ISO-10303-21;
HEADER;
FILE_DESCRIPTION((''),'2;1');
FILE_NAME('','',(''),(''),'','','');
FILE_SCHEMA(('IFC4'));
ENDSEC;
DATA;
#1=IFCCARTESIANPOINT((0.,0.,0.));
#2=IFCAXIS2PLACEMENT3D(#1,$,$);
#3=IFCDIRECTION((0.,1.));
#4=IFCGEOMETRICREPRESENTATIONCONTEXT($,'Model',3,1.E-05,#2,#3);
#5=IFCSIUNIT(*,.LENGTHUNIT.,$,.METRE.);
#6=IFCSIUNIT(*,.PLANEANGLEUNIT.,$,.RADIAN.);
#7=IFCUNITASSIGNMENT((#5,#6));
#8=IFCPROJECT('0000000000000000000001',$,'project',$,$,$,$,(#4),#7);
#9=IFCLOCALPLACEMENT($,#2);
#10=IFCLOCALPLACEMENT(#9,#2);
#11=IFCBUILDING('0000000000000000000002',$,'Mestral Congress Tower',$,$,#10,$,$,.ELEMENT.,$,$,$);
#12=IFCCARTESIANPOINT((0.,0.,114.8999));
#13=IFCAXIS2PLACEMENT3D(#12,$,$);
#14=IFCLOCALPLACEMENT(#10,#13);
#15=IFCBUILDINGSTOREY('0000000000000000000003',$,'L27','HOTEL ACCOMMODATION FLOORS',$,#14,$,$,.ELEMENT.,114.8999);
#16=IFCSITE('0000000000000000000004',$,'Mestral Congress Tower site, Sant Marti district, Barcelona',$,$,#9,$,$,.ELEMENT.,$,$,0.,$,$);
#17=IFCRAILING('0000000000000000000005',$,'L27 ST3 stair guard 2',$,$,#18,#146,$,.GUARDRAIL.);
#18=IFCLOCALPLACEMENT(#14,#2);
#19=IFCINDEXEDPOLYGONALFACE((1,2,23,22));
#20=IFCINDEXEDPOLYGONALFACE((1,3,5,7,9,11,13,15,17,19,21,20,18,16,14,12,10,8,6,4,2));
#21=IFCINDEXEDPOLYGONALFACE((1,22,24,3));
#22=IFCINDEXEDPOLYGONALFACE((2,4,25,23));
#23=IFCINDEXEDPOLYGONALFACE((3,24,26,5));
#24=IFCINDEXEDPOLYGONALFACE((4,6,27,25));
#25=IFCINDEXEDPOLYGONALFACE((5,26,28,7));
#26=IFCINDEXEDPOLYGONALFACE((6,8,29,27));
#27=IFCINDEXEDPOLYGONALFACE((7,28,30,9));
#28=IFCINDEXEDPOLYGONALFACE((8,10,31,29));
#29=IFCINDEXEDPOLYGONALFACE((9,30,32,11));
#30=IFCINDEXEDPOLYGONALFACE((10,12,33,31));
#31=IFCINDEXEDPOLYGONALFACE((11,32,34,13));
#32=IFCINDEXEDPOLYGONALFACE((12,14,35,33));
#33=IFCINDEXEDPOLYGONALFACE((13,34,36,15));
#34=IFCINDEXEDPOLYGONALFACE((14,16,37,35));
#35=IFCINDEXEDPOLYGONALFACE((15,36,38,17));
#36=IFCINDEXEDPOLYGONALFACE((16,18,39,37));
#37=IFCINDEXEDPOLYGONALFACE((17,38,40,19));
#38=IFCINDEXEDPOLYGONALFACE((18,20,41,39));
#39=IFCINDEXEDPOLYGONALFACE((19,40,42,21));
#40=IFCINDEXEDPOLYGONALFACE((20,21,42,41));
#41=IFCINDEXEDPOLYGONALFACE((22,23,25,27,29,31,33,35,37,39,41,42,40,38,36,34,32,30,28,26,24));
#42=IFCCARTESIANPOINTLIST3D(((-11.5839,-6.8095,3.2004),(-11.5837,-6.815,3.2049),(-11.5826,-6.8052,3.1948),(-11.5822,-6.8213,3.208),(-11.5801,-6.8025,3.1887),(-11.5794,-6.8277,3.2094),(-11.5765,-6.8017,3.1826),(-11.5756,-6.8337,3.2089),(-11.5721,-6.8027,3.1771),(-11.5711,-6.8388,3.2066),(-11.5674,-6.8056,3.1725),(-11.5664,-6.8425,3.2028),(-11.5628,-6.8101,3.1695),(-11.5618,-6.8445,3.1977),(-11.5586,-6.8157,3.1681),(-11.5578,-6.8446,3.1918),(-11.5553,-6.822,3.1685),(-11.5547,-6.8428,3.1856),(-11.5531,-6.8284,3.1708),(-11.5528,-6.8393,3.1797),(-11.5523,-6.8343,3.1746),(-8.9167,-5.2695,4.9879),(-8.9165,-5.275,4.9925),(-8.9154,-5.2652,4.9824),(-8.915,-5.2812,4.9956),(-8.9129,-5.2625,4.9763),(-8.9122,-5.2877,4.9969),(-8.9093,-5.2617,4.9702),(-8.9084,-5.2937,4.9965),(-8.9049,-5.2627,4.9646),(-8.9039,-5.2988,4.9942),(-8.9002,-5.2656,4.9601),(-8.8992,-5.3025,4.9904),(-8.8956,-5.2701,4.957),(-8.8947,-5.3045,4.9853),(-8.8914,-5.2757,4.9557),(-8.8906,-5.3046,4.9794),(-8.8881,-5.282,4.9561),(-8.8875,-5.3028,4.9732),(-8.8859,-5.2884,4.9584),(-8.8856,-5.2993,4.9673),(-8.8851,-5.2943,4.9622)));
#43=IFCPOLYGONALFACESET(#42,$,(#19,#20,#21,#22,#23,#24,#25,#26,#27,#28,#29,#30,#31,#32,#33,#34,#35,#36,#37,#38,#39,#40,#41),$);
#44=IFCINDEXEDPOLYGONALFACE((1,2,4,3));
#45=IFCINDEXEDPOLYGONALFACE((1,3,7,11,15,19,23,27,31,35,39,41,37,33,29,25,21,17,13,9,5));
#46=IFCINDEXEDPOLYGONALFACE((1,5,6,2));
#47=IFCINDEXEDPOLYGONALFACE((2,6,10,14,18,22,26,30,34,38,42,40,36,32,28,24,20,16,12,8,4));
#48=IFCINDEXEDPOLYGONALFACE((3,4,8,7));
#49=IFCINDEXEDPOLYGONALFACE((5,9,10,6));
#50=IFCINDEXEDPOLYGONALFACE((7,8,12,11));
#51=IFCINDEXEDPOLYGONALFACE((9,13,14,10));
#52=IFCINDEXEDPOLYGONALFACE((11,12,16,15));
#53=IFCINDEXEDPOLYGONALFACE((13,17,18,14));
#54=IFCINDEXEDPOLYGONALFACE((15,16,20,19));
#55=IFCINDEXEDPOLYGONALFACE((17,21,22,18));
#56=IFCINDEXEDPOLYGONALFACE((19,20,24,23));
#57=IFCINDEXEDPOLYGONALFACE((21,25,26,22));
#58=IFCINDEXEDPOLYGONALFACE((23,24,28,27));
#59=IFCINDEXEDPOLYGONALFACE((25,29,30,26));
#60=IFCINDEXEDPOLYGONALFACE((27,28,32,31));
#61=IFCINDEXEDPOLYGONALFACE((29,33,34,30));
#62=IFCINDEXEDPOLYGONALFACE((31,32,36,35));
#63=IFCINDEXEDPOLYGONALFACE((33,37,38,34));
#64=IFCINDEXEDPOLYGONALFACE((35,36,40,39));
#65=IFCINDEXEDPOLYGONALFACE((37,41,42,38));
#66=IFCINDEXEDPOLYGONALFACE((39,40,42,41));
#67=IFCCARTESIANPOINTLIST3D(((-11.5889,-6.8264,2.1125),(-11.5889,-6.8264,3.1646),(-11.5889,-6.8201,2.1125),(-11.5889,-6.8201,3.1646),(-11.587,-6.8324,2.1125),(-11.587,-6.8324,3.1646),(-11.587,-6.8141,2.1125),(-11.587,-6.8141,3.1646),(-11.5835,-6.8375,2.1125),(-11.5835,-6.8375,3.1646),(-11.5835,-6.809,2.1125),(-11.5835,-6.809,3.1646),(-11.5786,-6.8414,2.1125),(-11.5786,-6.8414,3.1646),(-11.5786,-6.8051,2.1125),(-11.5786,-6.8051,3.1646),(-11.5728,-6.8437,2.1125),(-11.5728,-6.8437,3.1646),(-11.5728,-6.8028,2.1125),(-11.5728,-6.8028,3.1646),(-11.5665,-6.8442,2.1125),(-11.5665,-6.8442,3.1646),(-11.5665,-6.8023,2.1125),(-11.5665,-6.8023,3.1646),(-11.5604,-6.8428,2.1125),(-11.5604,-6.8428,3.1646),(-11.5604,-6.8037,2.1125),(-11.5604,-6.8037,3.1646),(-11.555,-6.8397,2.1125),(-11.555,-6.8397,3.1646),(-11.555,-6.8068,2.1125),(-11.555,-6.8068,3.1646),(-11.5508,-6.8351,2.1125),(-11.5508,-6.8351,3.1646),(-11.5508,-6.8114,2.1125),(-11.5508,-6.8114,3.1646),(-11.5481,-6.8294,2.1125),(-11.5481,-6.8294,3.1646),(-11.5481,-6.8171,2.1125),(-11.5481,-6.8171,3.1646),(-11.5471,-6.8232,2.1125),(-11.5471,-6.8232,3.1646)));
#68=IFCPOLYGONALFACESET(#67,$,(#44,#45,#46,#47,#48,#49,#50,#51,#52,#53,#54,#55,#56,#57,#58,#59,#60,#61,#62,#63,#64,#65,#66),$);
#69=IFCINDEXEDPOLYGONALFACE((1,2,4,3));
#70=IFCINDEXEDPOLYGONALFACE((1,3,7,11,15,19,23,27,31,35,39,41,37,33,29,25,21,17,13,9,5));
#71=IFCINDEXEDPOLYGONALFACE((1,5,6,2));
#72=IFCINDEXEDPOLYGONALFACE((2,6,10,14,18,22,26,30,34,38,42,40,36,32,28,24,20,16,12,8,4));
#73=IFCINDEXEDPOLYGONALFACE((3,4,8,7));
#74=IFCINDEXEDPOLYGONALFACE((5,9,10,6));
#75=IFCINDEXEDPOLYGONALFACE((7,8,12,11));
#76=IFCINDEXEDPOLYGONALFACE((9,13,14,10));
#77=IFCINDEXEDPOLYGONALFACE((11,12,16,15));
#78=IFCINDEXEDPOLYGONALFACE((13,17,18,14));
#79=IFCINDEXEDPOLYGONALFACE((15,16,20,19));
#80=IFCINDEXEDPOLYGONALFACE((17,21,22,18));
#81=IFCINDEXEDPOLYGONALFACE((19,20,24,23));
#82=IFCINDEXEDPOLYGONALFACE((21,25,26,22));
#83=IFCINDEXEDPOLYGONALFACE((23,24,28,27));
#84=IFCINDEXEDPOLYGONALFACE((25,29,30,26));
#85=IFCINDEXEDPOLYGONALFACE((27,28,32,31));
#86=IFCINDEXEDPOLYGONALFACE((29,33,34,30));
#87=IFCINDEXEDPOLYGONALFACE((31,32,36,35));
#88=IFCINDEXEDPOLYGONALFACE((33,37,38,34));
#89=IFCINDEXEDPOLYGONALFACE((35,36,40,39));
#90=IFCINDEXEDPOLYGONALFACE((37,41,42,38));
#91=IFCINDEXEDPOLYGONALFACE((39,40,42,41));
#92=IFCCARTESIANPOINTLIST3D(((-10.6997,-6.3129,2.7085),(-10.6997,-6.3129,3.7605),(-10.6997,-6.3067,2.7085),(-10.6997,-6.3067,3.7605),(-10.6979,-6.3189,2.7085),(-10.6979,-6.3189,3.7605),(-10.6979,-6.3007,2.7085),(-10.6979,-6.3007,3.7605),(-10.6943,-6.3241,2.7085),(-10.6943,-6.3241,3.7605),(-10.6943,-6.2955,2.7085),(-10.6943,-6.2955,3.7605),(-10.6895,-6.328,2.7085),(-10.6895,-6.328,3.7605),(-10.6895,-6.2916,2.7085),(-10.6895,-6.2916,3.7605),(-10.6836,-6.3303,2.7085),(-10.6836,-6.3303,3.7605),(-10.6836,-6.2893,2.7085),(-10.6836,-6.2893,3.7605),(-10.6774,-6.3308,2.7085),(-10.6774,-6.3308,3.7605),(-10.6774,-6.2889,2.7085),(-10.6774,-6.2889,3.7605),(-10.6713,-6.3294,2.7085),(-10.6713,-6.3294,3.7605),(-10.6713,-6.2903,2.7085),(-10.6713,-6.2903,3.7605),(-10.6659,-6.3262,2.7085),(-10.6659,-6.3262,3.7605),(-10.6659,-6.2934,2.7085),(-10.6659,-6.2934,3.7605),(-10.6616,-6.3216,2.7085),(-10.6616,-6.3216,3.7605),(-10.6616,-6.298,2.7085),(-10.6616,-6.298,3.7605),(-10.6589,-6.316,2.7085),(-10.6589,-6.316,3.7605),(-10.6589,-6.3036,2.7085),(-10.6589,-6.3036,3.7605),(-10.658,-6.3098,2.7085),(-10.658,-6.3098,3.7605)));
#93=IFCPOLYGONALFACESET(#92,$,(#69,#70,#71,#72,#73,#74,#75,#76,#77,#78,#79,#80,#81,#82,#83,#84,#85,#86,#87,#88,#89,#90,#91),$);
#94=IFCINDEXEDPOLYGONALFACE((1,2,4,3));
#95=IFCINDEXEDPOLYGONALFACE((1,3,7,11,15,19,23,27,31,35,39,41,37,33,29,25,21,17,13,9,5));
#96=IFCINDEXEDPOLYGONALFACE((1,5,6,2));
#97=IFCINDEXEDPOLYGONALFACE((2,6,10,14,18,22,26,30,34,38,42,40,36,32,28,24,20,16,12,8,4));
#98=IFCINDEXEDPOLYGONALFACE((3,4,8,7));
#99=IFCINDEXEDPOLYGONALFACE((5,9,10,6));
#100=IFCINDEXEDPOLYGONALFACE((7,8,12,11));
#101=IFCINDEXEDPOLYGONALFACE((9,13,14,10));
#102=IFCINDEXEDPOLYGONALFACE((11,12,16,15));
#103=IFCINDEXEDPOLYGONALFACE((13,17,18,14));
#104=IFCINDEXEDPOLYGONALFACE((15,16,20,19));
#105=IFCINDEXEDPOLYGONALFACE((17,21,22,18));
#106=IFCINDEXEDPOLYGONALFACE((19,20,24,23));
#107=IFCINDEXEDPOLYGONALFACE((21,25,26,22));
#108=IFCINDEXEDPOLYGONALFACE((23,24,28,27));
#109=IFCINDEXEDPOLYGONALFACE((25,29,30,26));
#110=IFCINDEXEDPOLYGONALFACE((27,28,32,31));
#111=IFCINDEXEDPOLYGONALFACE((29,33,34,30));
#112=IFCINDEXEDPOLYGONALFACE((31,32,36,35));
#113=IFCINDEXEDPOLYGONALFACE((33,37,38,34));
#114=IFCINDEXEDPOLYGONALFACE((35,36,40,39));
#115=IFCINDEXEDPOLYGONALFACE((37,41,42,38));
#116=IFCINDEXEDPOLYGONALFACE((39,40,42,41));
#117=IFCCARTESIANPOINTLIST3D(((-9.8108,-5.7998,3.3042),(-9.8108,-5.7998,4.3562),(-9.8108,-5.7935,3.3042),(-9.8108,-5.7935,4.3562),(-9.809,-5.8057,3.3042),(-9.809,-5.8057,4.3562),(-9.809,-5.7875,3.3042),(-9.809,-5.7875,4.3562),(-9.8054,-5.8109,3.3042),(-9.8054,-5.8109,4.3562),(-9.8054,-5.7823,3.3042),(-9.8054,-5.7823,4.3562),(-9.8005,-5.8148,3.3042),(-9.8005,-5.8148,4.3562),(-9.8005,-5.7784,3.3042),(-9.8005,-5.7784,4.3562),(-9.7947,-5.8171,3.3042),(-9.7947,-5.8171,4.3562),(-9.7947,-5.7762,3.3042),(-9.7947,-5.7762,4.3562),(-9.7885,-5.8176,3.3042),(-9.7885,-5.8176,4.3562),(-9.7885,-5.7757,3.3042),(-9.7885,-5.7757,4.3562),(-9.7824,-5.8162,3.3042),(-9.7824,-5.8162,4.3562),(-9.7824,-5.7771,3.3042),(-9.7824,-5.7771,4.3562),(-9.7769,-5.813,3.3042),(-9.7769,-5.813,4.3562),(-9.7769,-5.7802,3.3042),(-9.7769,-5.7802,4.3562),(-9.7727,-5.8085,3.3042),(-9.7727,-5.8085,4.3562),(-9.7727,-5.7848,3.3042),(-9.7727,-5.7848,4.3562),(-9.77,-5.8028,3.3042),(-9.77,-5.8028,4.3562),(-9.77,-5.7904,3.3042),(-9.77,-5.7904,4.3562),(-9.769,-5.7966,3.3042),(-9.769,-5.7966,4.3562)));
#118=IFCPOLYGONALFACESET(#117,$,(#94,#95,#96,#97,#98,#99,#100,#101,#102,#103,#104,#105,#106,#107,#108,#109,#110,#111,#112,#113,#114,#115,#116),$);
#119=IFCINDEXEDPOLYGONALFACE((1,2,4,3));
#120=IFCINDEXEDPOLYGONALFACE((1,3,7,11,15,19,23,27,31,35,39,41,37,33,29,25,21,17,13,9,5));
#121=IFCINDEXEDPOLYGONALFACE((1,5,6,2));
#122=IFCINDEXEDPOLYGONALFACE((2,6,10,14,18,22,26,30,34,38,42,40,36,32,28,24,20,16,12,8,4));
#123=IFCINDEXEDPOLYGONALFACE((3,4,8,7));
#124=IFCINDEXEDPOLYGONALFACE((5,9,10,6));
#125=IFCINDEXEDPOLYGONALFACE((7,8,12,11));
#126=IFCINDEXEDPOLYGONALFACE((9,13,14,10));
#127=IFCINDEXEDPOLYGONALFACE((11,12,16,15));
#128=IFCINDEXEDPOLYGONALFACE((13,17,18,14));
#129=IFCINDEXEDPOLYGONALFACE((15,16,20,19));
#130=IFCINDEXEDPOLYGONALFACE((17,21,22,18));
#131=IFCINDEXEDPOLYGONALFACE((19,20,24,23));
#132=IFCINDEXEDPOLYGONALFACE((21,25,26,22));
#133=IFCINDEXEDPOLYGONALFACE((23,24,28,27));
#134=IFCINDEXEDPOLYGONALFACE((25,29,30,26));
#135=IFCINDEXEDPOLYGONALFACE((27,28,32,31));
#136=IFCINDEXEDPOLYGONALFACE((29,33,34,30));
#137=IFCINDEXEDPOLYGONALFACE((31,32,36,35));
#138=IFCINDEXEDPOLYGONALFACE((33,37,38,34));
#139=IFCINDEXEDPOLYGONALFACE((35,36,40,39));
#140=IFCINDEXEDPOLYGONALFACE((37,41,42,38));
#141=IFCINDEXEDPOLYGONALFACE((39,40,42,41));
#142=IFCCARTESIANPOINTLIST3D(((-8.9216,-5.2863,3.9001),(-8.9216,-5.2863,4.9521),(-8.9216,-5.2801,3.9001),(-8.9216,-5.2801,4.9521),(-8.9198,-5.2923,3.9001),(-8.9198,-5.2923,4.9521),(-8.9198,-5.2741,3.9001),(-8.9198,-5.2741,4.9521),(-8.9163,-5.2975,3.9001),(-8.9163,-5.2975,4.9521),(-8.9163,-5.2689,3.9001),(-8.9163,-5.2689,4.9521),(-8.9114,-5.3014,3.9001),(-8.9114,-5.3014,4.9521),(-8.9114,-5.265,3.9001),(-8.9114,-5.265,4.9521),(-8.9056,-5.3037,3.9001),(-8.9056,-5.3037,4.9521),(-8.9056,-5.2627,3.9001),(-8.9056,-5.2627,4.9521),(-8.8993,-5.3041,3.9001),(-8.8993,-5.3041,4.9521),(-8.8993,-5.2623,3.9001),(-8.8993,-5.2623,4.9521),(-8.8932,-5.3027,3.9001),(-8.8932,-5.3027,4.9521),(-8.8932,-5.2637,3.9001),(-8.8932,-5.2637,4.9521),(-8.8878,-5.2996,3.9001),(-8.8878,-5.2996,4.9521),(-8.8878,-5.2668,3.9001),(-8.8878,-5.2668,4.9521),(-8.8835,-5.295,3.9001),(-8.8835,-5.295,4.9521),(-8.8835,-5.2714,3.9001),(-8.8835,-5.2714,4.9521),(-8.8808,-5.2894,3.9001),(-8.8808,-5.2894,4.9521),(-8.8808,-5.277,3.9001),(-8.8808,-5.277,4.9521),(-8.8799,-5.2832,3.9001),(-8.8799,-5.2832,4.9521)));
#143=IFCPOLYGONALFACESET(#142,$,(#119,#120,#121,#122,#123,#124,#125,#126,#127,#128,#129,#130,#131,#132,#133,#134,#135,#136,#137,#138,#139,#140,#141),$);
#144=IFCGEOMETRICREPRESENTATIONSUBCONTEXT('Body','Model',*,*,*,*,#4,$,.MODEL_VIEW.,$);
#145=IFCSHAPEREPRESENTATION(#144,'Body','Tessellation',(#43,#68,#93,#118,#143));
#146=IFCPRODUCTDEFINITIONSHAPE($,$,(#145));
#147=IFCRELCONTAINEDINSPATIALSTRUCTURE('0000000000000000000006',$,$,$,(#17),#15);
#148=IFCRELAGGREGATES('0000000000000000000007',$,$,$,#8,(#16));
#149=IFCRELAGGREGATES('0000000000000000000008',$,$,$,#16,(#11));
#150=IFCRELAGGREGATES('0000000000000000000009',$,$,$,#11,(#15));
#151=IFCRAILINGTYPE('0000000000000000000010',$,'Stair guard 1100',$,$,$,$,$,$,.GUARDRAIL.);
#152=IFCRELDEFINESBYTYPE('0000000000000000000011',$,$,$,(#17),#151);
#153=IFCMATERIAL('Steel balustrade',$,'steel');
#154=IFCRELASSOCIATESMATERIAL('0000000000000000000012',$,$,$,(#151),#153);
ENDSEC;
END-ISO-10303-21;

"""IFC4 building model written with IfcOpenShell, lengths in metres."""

from ifc_helpers import new_model, si_unit, direction, frame, origin, origin_2d, place, context, subcontext, project, spatial, circle, extrude, material, type_object, element, save


model = new_model("IFC4")

# Units and contexts
model_context = context("Model", 3, precision=1e-05, world=origin(), true_north=direction((0.0, 1.0)))
body_context = subcontext(model_context, "Body", "Model", "MODEL_VIEW")
ifc_project = project(units=[si_unit("LENGTHUNIT", "METRE"), si_unit("PLANEANGLEUNIT", "RADIAN")], contexts=[model_context])

# Site, building, storey
site_placement = place(None, origin())
site = spatial("IfcSite", under=ifc_project, at=site_placement, Name="Mestral Congress Tower site, Sant Marti district, Barcelona", CompositionType="ELEMENT", RefElevation=0.0)
building_placement = place(site_placement, origin())
building = spatial("IfcBuilding", under=site, at=building_placement, Name="Mestral Congress Tower", CompositionType="ELEMENT")
storey_placement = place(building_placement, frame((0.0, 0.0, 114.8999)))
storey = spatial("IfcBuildingStorey", under=building, at=storey_placement, Name="L27", Description="HOTEL ACCOMMODATION FLOORS", CompositionType="ELEMENT", Elevation=114.8999)

# Railing
ifc_material_1 = material(Name="Steel balustrade", Category="steel")
railing_type_1 = type_object("IfcRailingType", Name="Stair guard 1100", PredefinedType="GUARDRAIL", material=ifc_material_1)
railing_1_placement = place(storey_placement, frame((-11.5681, -6.8232, 2.1125)))
element("IfcRailing", 1, at=railing_1_placement, inside=storey, type_object=railing_type_1, Name="L27 ST3 stair guard 2", PredefinedType="GUARDRAIL", context=body_context, shape_type="SweptSolid", body=[
    extrude(circle(Radius=0.0239, at=origin_2d()), frame((0.0, 0.0, 1.0762), z_axis=(0.748994, 0.432463, 0.50198), x_axis=(-0.500027, 0.86601, 0.0)), (0.0, 0.0, 1.0), 3.561),
    extrude(circle(Radius=0.021, at=origin_2d()), origin(), (0.0, 0.0, 1.0), 1.052),
    extrude(circle(Radius=0.021, at=origin_2d()), frame((0.8892, 0.5134, 0.5959)), (0.0, 0.0, 1.0), 1.052),
    extrude(circle(Radius=0.021, at=origin_2d()), frame((1.7781, 1.0266, 1.1917)), (0.0, 0.0, 1.0), 1.052),
    extrude(circle(Radius=0.021, at=origin_2d()), frame((2.6672, 1.54, 1.7876)), (0.0, 0.0, 1.0), 1.052),
])

save(model, "model.ifc")
